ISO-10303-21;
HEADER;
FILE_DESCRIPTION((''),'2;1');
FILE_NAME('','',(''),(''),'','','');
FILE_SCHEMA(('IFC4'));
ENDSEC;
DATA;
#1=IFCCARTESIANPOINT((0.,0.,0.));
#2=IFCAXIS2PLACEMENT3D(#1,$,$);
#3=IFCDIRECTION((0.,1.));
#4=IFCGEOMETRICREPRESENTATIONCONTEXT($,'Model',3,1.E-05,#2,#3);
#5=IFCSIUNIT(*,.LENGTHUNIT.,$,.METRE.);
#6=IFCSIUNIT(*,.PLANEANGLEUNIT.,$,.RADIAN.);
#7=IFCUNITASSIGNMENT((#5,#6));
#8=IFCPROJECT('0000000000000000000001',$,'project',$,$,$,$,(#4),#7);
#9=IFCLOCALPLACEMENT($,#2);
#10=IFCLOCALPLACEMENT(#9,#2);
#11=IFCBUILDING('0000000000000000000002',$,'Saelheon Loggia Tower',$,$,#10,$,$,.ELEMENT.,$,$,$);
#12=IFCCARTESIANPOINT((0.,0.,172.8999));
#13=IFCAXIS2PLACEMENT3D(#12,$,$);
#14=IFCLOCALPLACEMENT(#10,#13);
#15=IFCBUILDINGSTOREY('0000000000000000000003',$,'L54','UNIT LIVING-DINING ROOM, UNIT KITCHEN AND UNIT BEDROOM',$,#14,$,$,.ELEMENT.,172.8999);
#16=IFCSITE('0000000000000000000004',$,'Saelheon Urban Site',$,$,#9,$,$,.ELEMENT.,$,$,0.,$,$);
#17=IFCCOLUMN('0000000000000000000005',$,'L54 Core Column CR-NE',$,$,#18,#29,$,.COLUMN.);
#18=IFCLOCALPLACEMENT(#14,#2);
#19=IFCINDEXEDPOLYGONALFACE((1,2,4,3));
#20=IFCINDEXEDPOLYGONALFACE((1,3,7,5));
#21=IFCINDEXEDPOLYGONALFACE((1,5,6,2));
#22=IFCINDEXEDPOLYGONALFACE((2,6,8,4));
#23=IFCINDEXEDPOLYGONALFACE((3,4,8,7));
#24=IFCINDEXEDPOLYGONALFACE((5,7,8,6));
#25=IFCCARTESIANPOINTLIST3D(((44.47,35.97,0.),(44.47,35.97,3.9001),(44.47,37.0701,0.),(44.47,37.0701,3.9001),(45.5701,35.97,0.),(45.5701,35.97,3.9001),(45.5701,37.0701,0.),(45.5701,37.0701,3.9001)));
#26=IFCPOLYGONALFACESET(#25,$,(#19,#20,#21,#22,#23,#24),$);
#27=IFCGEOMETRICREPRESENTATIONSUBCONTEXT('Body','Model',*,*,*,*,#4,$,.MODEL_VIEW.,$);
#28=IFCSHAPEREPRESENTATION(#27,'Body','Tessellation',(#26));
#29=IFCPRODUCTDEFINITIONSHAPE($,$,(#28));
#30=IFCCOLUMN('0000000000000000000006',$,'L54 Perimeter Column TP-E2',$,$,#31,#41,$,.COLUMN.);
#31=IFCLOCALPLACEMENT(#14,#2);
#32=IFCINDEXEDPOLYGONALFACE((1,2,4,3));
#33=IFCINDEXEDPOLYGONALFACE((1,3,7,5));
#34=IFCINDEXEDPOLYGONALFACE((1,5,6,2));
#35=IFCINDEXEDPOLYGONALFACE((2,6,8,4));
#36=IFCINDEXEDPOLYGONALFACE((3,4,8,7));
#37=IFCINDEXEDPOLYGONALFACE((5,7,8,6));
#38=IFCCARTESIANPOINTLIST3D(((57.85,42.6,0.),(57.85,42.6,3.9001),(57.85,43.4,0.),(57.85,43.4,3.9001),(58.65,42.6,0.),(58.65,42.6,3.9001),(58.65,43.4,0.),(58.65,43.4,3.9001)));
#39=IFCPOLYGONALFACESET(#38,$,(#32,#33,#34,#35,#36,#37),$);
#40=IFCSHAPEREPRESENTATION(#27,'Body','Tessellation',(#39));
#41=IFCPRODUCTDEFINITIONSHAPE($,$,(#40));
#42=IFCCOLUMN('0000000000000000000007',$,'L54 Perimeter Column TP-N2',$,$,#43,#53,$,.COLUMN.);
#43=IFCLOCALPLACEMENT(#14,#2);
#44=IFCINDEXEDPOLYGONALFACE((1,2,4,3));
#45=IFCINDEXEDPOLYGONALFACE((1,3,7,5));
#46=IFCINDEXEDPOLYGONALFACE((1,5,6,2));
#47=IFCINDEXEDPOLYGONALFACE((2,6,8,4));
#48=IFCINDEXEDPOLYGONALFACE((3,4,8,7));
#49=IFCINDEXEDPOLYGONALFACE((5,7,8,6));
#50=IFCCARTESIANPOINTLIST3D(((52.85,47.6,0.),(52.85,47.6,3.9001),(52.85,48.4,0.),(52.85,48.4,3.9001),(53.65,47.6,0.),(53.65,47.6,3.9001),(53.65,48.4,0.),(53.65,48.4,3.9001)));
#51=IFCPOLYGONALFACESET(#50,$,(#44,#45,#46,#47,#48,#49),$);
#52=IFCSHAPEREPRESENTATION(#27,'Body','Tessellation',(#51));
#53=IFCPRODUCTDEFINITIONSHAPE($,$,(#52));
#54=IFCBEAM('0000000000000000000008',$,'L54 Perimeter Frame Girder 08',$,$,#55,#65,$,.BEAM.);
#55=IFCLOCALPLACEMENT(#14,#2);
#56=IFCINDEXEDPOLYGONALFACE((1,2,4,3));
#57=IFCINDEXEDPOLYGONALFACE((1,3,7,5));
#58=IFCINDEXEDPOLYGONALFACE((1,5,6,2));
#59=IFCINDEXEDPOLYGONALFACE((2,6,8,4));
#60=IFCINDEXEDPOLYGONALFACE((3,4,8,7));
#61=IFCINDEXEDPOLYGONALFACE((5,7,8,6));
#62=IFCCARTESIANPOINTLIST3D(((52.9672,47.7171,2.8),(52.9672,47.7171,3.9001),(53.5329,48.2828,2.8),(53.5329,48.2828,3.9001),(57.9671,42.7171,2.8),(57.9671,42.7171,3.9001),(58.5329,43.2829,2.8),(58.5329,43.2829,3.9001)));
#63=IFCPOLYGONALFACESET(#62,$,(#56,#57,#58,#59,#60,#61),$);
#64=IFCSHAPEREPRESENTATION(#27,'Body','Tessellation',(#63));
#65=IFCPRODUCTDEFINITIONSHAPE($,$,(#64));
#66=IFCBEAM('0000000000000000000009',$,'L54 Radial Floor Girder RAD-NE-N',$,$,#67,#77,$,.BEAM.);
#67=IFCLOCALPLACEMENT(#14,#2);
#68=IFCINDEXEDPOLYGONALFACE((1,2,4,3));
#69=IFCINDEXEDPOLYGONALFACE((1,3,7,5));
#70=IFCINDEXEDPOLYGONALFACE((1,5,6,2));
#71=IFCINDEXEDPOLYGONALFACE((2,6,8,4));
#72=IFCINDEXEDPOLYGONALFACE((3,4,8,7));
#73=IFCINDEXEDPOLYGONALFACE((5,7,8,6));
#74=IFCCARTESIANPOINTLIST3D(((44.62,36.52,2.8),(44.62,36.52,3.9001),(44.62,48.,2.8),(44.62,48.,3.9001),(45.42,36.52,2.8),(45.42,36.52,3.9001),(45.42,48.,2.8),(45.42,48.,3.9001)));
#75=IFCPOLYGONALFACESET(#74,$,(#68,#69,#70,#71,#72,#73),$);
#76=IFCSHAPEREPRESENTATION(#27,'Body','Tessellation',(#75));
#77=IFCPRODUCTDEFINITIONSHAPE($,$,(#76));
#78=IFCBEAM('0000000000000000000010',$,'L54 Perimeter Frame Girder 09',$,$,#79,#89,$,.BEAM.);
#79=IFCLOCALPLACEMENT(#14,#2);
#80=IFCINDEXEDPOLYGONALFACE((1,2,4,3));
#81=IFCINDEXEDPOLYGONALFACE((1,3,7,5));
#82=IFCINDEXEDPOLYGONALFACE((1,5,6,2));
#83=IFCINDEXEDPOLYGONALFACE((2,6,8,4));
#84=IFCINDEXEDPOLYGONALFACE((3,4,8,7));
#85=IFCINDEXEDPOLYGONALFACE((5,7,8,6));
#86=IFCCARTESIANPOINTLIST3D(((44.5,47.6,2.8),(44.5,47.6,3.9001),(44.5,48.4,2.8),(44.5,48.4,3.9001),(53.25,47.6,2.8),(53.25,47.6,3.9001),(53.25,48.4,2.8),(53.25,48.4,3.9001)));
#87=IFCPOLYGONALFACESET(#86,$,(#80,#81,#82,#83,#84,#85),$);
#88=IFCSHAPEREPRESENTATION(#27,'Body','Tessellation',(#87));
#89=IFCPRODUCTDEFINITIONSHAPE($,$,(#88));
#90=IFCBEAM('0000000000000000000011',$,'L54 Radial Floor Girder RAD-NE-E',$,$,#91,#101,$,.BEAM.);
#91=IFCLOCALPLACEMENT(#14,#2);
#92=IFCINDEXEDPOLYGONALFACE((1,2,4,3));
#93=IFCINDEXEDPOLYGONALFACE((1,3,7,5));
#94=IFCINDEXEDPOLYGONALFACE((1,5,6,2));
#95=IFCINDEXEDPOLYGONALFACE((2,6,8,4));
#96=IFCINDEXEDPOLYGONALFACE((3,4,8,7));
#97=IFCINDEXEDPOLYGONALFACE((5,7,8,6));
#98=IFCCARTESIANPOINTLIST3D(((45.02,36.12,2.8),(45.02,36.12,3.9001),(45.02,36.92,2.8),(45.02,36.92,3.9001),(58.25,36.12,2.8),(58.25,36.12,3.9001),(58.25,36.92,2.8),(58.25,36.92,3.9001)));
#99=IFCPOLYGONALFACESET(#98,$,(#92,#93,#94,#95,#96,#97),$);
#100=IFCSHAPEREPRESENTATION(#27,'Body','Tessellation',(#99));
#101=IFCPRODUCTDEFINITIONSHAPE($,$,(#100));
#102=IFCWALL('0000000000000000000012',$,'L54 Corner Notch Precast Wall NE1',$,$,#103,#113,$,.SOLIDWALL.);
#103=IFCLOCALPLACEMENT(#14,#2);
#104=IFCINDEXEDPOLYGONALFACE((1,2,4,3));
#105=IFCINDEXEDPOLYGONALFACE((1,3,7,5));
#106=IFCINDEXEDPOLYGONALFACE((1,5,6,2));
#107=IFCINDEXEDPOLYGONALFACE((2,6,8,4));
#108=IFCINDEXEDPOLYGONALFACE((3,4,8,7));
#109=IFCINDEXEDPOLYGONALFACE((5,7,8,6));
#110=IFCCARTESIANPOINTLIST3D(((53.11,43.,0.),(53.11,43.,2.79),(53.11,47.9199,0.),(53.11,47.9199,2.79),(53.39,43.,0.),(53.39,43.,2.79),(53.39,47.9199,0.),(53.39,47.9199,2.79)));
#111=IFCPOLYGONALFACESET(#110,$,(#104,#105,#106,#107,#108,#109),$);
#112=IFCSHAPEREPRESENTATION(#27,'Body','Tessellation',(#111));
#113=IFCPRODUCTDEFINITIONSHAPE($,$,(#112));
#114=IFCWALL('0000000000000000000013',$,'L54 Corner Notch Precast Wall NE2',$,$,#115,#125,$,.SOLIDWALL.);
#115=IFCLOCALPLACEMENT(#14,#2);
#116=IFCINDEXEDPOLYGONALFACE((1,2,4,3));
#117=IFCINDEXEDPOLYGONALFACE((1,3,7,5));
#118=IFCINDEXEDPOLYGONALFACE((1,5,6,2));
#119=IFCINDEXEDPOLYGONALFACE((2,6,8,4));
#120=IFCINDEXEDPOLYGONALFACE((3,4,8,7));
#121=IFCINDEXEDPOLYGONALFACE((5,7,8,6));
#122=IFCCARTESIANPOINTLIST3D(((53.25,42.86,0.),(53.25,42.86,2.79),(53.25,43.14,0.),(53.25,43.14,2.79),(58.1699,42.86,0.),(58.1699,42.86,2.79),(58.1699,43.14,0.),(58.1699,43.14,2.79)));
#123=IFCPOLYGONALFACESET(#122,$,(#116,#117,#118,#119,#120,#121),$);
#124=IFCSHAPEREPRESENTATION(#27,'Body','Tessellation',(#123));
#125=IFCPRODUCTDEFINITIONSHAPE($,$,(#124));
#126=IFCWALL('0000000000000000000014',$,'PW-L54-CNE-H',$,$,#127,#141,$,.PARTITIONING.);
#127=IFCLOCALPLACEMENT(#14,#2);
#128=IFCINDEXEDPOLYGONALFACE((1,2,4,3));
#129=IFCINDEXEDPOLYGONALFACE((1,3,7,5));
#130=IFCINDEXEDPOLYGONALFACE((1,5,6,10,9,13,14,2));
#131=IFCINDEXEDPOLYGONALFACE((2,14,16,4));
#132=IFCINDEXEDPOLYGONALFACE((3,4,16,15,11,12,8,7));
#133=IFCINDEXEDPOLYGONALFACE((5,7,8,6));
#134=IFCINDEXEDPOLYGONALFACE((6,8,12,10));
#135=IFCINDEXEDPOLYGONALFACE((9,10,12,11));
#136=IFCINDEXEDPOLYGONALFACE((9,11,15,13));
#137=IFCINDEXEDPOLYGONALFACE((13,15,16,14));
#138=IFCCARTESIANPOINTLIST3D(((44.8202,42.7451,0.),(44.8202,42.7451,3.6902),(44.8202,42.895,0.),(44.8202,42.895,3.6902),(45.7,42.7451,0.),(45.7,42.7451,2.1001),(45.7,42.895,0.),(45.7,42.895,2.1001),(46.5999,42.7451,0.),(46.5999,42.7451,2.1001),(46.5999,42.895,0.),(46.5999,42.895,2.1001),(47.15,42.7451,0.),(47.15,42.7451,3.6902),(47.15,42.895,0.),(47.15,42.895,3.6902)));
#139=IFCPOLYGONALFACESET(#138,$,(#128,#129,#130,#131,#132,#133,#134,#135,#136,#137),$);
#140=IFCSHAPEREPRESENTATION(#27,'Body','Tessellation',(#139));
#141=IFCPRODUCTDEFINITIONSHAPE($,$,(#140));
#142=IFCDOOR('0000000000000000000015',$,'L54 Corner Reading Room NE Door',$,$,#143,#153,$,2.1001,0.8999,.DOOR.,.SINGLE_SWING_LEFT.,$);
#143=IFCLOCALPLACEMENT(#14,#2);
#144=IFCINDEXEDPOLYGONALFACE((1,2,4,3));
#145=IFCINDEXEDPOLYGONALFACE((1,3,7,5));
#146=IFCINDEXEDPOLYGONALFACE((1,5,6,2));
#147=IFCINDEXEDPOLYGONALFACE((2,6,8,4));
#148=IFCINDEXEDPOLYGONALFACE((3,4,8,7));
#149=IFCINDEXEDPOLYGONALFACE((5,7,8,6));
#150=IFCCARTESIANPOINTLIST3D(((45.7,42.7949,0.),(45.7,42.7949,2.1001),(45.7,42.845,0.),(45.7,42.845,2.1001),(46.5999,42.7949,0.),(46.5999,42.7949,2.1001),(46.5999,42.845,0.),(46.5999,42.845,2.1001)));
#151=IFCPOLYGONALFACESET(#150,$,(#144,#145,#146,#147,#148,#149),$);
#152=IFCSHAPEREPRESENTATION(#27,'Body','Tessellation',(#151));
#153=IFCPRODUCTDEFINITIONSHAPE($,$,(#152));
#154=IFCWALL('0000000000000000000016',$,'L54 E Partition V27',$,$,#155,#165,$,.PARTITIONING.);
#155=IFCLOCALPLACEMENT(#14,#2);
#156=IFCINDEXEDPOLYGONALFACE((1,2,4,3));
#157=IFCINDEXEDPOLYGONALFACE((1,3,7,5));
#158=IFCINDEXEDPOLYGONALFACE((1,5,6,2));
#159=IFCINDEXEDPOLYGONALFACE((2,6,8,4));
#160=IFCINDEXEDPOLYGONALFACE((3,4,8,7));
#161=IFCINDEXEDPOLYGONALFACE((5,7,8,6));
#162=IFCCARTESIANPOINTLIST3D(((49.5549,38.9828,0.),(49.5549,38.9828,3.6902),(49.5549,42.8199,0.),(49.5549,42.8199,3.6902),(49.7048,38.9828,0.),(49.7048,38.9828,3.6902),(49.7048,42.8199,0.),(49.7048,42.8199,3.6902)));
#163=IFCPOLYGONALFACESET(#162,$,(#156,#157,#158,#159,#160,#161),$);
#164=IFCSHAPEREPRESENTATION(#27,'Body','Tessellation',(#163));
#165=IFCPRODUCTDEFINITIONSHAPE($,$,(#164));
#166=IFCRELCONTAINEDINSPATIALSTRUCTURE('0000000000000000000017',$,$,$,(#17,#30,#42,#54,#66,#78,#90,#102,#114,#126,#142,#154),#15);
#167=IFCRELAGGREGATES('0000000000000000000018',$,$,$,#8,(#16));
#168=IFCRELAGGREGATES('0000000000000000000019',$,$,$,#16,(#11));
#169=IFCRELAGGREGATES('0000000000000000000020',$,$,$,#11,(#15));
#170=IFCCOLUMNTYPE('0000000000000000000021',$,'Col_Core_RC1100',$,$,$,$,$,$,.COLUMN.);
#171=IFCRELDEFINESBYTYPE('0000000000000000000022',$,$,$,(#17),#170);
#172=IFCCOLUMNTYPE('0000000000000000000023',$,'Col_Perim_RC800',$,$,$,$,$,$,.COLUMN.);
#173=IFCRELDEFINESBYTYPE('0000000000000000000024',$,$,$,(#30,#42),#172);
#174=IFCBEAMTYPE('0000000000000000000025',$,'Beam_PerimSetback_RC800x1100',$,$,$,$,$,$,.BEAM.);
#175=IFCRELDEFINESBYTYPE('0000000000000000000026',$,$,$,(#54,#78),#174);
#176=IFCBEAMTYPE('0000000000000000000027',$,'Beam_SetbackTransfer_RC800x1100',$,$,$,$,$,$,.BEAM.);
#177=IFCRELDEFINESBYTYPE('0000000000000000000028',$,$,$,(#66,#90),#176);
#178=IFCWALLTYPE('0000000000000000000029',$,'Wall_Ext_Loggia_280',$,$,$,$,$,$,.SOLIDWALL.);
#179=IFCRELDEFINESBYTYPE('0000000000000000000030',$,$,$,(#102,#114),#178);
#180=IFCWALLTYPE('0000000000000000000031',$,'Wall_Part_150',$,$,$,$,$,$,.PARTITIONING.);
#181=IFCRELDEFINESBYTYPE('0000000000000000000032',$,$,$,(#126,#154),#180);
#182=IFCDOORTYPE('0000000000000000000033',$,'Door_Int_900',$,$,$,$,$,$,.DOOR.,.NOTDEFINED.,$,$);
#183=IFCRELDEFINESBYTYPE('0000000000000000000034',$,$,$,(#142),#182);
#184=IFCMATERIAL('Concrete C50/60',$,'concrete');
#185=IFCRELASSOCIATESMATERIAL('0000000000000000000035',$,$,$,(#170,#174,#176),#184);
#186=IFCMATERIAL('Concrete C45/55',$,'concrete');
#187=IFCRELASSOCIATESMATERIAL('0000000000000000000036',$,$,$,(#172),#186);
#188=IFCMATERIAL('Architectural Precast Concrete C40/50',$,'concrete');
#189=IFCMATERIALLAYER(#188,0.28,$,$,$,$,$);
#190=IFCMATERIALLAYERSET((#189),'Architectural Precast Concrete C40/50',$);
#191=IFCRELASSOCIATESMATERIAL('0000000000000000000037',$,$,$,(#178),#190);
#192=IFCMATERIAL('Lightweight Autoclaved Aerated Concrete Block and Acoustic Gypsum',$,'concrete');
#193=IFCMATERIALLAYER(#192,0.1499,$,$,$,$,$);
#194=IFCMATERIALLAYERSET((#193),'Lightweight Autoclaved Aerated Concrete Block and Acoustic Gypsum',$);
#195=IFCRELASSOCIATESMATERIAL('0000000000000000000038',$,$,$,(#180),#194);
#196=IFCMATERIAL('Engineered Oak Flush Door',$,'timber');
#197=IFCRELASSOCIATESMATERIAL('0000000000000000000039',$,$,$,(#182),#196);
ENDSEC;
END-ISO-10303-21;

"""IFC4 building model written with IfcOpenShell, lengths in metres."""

from ifc_helpers import new_model, si_unit, direction, frame, frame_2d, origin, origin_2d, place, context, subcontext, project, spatial, rectangle, extrude, source, transform, mapped, material, layer, layer_set, material_profile, profile_set, type_object, element, fill, save


model = new_model("IFC4")

# Units and contexts
model_context = context("Model", 3, precision=1e-05, world=origin(), true_north=direction((0.0, 1.0)))
body_context = subcontext(model_context, "Body", "Model", "MODEL_VIEW")
ifc_project = project(units=[si_unit("LENGTHUNIT", "METRE"), si_unit("PLANEANGLEUNIT", "RADIAN")], contexts=[model_context])

# Site, building, storey
site_placement = place(None, origin())
site = spatial("IfcSite", under=ifc_project, at=site_placement, Name="Saelheon Urban Site", CompositionType="ELEMENT", RefElevation=0.0)
building_placement = place(site_placement, origin())
building = spatial("IfcBuilding", under=site, at=building_placement, Name="Saelheon Loggia Tower", CompositionType="ELEMENT")
storey_placement = place(building_placement, frame((0.0, 0.0, 172.8999)))
storey = spatial("IfcBuildingStorey", under=building, at=storey_placement, Name="L54", Description="UNIT LIVING-DINING ROOM, UNIT KITCHEN AND UNIT BEDROOM", CompositionType="ELEMENT", Elevation=172.8999)

# Columns
ifc_material_1 = material(Name="Concrete C50/60", Category="concrete")
ifc_material_profile_1 = material_profile(ifc_material_1, rectangle(XDim=1.1001, YDim=1.1001, at=origin_2d()), Name="RC-1100x1100")
ifc_profile_set_1 = profile_set([ifc_material_profile_1], Name="Concrete C50/60")
column_type_1 = type_object("IfcColumnType", Name="Col_Core_RC1100", PredefinedType="COLUMN", material=ifc_profile_set_1)
shared_shape_1 = source(origin(), body_context, "Body", "SweptSolid", [
    extrude(rectangle(XDim=1.1001, YDim=1.1001, at=origin_2d()), origin(), (0.0, 0.0, 1.0), 3.9001),
])
column_placement = place(storey_placement, frame((45.02, 36.52, 0.0), z_axis=(0.0, 0.0, 1.0), x_axis=(1.0, 0.0, 0.0)))
element("IfcColumn", 1, at=column_placement, inside=storey, type_object=column_type_1, Name="L54 Core Column CR-NE", PredefinedType="COLUMN", context=body_context, shape_type="MappedRepresentation", body=[
    mapped(shared_shape_1, transform((0.0, 0.0, 0.0), scale=1.0)),
])
ifc_material_2 = material(Name="Concrete C45/55", Category="concrete")
ifc_material_profile_2 = material_profile(ifc_material_2, rectangle(XDim=0.8, YDim=0.8, at=origin_2d()), Name="RC-800x800")
ifc_profile_set_2 = profile_set([ifc_material_profile_2], Name="Concrete C45/55")
column_type_2 = type_object("IfcColumnType", Name="Col_Perim_RC800", PredefinedType="COLUMN", material=ifc_profile_set_2)
shared_shape_2 = source(origin(), body_context, "Body", "SweptSolid", [
    extrude(rectangle(XDim=0.8, YDim=0.8, at=origin_2d()), origin(), (0.0, 0.0, 1.0), 3.9001),
])
for number, where, z_axis, x_axis, name in (
    (2, (58.25, 43.0, 0.0), (0.0, 0.0, 1.0), (1.0, 0.0, 0.0), "L54 Perimeter Column TP-E2"),
    (3, (53.25, 48.0, 0.0), (0.0, 0.0, 1.0), (1.0, 0.0, 0.0), "L54 Perimeter Column TP-N2"),
):
    element("IfcColumn", number, at=place(storey_placement, frame(where, z_axis=z_axis, x_axis=x_axis)), inside=storey, type_object=column_type_2, Name=name, PredefinedType="COLUMN", context=body_context, shape_type="MappedRepresentation", body=[
        mapped(shared_shape_2, transform((0.0, 0.0, 0.0), scale=1.0)),
    ])

# Beams
ifc_material_profile_3 = material_profile(ifc_material_1, rectangle(XDim=0.8, YDim=1.1001, at=origin_2d()), Name="RC-800x1100")
ifc_profile_set_3 = profile_set([ifc_material_profile_3], Name="Concrete C50/60")
beam_type_1 = type_object("IfcBeamType", Name="Beam_PerimSetback_RC800x1100", PredefinedType="BEAM", material=ifc_profile_set_3)
shared_shape_3 = source(origin(), body_context, "Body", "SweptSolid", [
    extrude(rectangle(XDim=0.8, YDim=1.1001, at=origin_2d()), origin(), (0.0, 0.0, 1.0), 7.071),
])
beam_1_placement = place(storey_placement, frame((58.25, 43.0, 3.3501), z_axis=(-0.707107, 0.707107, 0.0), x_axis=(-0.707107, -0.707107, 0.0)))
element("IfcBeam", 4, at=beam_1_placement, inside=storey, type_object=beam_type_1, Name="L54 Perimeter Frame Girder 08", PredefinedType="BEAM", context=body_context, shape_type="MappedRepresentation", body=[
    mapped(shared_shape_3, transform((0.0, 0.0, 0.0), scale=1.0)),
])
ifc_material_profile_4 = material_profile(ifc_material_1, rectangle(XDim=0.8, YDim=1.1001, at=origin_2d()), Name="RC-800x1100")
ifc_profile_set_4 = profile_set([ifc_material_profile_4], Name="Concrete C50/60")
beam_type_2 = type_object("IfcBeamType", Name="Beam_SetbackTransfer_RC800x1100", PredefinedType="BEAM", material=ifc_profile_set_4)
shared_shape_4 = source(origin(), body_context, "Body", "SweptSolid", [
    extrude(rectangle(XDim=0.8, YDim=1.1001, at=origin_2d()), origin(), (0.0, 0.0, 1.0), 11.48),
])
beam_2_placement = place(storey_placement, frame((45.02, 36.52, 3.3501), z_axis=(0.0, 1.0, 0.0), x_axis=(-1.0, 0.0, 0.0)))
element("IfcBeam", 5, at=beam_2_placement, inside=storey, type_object=beam_type_2, Name="L54 Radial Floor Girder RAD-NE-N", PredefinedType="BEAM", context=body_context, shape_type="MappedRepresentation", body=[
    mapped(shared_shape_4, transform((0.0, 0.0, 0.0), scale=1.0)),
])
shared_shape_5 = source(origin(), body_context, "Body", "SweptSolid", [
    extrude(rectangle(XDim=0.8, YDim=1.1001, at=origin_2d()), origin(), (0.0, 0.0, 1.0), 8.75),
])
beam_3_placement = place(storey_placement, frame((53.25, 48.0, 3.3501), z_axis=(-1.0, 0.0, 0.0), x_axis=(0.0, -1.0, 0.0)))
element("IfcBeam", 6, at=beam_3_placement, inside=storey, type_object=beam_type_1, Name="L54 Perimeter Frame Girder 09", PredefinedType="BEAM", context=body_context, shape_type="MappedRepresentation", body=[
    mapped(shared_shape_5, transform((0.0, 0.0, 0.0), scale=1.0)),
])
shared_shape_6 = source(origin(), body_context, "Body", "SweptSolid", [
    extrude(rectangle(XDim=0.8, YDim=1.1001, at=origin_2d()), origin(), (0.0, 0.0, 1.0), 13.23),
])
beam_4_placement = place(storey_placement, frame((45.02, 36.52, 3.3501), z_axis=(1.0, 0.0, 0.0), x_axis=(0.0, 1.0, 0.0)))
element("IfcBeam", 7, at=beam_4_placement, inside=storey, type_object=beam_type_2, Name="L54 Radial Floor Girder RAD-NE-E", PredefinedType="BEAM", context=body_context, shape_type="MappedRepresentation", body=[
    mapped(shared_shape_6, transform((0.0, 0.0, 0.0), scale=1.0)),
])

# Walls
ifc_material_3 = material(Name="Architectural Precast Concrete C40/50", Category="concrete")
ifc_layer_1 = layer(ifc_material_3, 0.28)
ifc_layer_set_1 = layer_set([ifc_layer_1], Name="Architectural Precast Concrete C40/50")
wall_type_1 = type_object("IfcWallType", Name="Wall_Ext_Loggia_280", PredefinedType="SOLIDWALL", material=ifc_layer_set_1)
for number, where, z_axis, x_axis, name in (
    (8, (53.25, 43.0, 0.0), (0.0, 0.0, 1.0), (0.0, 1.0, 0.0), "L54 Corner Notch Precast Wall NE1"),
    (9, (53.25, 43.0, 0.0), (0.0, 0.0, 1.0), (1.0, 0.0, 0.0), "L54 Corner Notch Precast Wall NE2"),
):
    element("IfcWall", number, at=place(storey_placement, frame(where, z_axis=z_axis, x_axis=x_axis)), inside=storey, type_object=wall_type_1, Name=name, PredefinedType="SOLIDWALL", context=body_context, shape_type="SweptSolid", body=[
        extrude(rectangle(XDim=4.9199, YDim=0.28, at=frame_2d((2.46, 0.0))), origin(), (0.0, 0.0, 1.0), 2.79),
    ])

# Wall, opening, door
ifc_material_4 = material(Name="Lightweight Autoclaved Aerated Concrete Block and Acoustic Gypsum", Category="concrete")
ifc_layer_2 = layer(ifc_material_4, 0.1499)
ifc_layer_set_2 = layer_set([ifc_layer_2], Name="Lightweight Autoclaved Aerated Concrete Block and Acoustic Gypsum")
wall_type_2 = type_object("IfcWallType", Name="Wall_Part_150", PredefinedType="PARTITIONING", material=ifc_layer_set_2)
wall_1_placement = place(storey_placement, frame((44.8201, 42.8201, 0.0), z_axis=(0.0, 0.0, 1.0), x_axis=(1.0, 0.0, 0.0)))
wall_1 = element("IfcWall", 10, at=wall_1_placement, inside=storey, type_object=wall_type_2, Name="PW-L54-CNE-H", PredefinedType="PARTITIONING", context=body_context, shape_type="SweptSolid", body=[
    extrude(rectangle(XDim=2.3298, YDim=0.1499, at=frame_2d((1.165, 0.0))), origin(), (0.0, 0.0, 1.0), 3.6902),
])
opening_1_placement = place(wall_1_placement, frame((0.8799, 0.0, 0.0)))
opening_1 = element("IfcOpeningElement", 11, at=opening_1_placement, cuts=wall_1, PredefinedType="OPENING", context=body_context, shape_type="SweptSolid", body=[
    extrude(rectangle(XDim=0.8999, YDim=2.1001, at=frame_2d((0.45, 1.05))), frame((0.0, 0.0869, 0.0), z_axis=(0.0, -1.0, 0.0), x_axis=(1.0, 0.0, 0.0)), (0.0, 0.0, 1.0), 0.1738),
])
ifc_material_5 = material(Name="Engineered Oak Flush Door", Category="timber")
door_type = type_object("IfcDoorType", Name="Door_Int_900", OperationType="NOTDEFINED", PredefinedType="DOOR", material=ifc_material_5)
shared_shape_7 = source(origin(), body_context, "Body", "SweptSolid", [
    extrude(rectangle(XDim=0.8999, YDim=2.1001, at=frame_2d((0.45, 1.05))), frame((0.0, 0.0249, 0.0), z_axis=(0.0, -1.0, 0.0), x_axis=(1.0, 0.0, 0.0)), (0.0, 0.0, 1.0), 0.05),
])
door_1_placement = place(opening_1_placement, origin())
door_1 = element("IfcDoor", 12, at=door_1_placement, inside=storey, type_object=door_type, Name="L54 Corner Reading Room NE Door", OperationType="SINGLE_SWING_LEFT", OverallHeight=2.1001, OverallWidth=0.8999, PredefinedType="DOOR", context=body_context, shape_type="MappedRepresentation", body=[
    mapped(shared_shape_7, transform((0.0, 0.0, 0.0), scale=1.0)),
])
fill(opening_1, door_1)

# Wall
wall_2_placement = place(storey_placement, frame((49.6299, 38.9829, 0.0), z_axis=(0.0, 0.0, 1.0), x_axis=(0.0, 1.0, 0.0)))
element("IfcWall", 13, at=wall_2_placement, inside=storey, type_object=wall_type_2, Name="L54 E Partition V27", PredefinedType="PARTITIONING", context=body_context, shape_type="SweptSolid", body=[
    extrude(rectangle(XDim=3.8372, YDim=0.1499, at=frame_2d((1.9185, 0.0))), origin(), (0.0, 0.0, 1.0), 3.6902),
])

save(model, "model.ifc")
